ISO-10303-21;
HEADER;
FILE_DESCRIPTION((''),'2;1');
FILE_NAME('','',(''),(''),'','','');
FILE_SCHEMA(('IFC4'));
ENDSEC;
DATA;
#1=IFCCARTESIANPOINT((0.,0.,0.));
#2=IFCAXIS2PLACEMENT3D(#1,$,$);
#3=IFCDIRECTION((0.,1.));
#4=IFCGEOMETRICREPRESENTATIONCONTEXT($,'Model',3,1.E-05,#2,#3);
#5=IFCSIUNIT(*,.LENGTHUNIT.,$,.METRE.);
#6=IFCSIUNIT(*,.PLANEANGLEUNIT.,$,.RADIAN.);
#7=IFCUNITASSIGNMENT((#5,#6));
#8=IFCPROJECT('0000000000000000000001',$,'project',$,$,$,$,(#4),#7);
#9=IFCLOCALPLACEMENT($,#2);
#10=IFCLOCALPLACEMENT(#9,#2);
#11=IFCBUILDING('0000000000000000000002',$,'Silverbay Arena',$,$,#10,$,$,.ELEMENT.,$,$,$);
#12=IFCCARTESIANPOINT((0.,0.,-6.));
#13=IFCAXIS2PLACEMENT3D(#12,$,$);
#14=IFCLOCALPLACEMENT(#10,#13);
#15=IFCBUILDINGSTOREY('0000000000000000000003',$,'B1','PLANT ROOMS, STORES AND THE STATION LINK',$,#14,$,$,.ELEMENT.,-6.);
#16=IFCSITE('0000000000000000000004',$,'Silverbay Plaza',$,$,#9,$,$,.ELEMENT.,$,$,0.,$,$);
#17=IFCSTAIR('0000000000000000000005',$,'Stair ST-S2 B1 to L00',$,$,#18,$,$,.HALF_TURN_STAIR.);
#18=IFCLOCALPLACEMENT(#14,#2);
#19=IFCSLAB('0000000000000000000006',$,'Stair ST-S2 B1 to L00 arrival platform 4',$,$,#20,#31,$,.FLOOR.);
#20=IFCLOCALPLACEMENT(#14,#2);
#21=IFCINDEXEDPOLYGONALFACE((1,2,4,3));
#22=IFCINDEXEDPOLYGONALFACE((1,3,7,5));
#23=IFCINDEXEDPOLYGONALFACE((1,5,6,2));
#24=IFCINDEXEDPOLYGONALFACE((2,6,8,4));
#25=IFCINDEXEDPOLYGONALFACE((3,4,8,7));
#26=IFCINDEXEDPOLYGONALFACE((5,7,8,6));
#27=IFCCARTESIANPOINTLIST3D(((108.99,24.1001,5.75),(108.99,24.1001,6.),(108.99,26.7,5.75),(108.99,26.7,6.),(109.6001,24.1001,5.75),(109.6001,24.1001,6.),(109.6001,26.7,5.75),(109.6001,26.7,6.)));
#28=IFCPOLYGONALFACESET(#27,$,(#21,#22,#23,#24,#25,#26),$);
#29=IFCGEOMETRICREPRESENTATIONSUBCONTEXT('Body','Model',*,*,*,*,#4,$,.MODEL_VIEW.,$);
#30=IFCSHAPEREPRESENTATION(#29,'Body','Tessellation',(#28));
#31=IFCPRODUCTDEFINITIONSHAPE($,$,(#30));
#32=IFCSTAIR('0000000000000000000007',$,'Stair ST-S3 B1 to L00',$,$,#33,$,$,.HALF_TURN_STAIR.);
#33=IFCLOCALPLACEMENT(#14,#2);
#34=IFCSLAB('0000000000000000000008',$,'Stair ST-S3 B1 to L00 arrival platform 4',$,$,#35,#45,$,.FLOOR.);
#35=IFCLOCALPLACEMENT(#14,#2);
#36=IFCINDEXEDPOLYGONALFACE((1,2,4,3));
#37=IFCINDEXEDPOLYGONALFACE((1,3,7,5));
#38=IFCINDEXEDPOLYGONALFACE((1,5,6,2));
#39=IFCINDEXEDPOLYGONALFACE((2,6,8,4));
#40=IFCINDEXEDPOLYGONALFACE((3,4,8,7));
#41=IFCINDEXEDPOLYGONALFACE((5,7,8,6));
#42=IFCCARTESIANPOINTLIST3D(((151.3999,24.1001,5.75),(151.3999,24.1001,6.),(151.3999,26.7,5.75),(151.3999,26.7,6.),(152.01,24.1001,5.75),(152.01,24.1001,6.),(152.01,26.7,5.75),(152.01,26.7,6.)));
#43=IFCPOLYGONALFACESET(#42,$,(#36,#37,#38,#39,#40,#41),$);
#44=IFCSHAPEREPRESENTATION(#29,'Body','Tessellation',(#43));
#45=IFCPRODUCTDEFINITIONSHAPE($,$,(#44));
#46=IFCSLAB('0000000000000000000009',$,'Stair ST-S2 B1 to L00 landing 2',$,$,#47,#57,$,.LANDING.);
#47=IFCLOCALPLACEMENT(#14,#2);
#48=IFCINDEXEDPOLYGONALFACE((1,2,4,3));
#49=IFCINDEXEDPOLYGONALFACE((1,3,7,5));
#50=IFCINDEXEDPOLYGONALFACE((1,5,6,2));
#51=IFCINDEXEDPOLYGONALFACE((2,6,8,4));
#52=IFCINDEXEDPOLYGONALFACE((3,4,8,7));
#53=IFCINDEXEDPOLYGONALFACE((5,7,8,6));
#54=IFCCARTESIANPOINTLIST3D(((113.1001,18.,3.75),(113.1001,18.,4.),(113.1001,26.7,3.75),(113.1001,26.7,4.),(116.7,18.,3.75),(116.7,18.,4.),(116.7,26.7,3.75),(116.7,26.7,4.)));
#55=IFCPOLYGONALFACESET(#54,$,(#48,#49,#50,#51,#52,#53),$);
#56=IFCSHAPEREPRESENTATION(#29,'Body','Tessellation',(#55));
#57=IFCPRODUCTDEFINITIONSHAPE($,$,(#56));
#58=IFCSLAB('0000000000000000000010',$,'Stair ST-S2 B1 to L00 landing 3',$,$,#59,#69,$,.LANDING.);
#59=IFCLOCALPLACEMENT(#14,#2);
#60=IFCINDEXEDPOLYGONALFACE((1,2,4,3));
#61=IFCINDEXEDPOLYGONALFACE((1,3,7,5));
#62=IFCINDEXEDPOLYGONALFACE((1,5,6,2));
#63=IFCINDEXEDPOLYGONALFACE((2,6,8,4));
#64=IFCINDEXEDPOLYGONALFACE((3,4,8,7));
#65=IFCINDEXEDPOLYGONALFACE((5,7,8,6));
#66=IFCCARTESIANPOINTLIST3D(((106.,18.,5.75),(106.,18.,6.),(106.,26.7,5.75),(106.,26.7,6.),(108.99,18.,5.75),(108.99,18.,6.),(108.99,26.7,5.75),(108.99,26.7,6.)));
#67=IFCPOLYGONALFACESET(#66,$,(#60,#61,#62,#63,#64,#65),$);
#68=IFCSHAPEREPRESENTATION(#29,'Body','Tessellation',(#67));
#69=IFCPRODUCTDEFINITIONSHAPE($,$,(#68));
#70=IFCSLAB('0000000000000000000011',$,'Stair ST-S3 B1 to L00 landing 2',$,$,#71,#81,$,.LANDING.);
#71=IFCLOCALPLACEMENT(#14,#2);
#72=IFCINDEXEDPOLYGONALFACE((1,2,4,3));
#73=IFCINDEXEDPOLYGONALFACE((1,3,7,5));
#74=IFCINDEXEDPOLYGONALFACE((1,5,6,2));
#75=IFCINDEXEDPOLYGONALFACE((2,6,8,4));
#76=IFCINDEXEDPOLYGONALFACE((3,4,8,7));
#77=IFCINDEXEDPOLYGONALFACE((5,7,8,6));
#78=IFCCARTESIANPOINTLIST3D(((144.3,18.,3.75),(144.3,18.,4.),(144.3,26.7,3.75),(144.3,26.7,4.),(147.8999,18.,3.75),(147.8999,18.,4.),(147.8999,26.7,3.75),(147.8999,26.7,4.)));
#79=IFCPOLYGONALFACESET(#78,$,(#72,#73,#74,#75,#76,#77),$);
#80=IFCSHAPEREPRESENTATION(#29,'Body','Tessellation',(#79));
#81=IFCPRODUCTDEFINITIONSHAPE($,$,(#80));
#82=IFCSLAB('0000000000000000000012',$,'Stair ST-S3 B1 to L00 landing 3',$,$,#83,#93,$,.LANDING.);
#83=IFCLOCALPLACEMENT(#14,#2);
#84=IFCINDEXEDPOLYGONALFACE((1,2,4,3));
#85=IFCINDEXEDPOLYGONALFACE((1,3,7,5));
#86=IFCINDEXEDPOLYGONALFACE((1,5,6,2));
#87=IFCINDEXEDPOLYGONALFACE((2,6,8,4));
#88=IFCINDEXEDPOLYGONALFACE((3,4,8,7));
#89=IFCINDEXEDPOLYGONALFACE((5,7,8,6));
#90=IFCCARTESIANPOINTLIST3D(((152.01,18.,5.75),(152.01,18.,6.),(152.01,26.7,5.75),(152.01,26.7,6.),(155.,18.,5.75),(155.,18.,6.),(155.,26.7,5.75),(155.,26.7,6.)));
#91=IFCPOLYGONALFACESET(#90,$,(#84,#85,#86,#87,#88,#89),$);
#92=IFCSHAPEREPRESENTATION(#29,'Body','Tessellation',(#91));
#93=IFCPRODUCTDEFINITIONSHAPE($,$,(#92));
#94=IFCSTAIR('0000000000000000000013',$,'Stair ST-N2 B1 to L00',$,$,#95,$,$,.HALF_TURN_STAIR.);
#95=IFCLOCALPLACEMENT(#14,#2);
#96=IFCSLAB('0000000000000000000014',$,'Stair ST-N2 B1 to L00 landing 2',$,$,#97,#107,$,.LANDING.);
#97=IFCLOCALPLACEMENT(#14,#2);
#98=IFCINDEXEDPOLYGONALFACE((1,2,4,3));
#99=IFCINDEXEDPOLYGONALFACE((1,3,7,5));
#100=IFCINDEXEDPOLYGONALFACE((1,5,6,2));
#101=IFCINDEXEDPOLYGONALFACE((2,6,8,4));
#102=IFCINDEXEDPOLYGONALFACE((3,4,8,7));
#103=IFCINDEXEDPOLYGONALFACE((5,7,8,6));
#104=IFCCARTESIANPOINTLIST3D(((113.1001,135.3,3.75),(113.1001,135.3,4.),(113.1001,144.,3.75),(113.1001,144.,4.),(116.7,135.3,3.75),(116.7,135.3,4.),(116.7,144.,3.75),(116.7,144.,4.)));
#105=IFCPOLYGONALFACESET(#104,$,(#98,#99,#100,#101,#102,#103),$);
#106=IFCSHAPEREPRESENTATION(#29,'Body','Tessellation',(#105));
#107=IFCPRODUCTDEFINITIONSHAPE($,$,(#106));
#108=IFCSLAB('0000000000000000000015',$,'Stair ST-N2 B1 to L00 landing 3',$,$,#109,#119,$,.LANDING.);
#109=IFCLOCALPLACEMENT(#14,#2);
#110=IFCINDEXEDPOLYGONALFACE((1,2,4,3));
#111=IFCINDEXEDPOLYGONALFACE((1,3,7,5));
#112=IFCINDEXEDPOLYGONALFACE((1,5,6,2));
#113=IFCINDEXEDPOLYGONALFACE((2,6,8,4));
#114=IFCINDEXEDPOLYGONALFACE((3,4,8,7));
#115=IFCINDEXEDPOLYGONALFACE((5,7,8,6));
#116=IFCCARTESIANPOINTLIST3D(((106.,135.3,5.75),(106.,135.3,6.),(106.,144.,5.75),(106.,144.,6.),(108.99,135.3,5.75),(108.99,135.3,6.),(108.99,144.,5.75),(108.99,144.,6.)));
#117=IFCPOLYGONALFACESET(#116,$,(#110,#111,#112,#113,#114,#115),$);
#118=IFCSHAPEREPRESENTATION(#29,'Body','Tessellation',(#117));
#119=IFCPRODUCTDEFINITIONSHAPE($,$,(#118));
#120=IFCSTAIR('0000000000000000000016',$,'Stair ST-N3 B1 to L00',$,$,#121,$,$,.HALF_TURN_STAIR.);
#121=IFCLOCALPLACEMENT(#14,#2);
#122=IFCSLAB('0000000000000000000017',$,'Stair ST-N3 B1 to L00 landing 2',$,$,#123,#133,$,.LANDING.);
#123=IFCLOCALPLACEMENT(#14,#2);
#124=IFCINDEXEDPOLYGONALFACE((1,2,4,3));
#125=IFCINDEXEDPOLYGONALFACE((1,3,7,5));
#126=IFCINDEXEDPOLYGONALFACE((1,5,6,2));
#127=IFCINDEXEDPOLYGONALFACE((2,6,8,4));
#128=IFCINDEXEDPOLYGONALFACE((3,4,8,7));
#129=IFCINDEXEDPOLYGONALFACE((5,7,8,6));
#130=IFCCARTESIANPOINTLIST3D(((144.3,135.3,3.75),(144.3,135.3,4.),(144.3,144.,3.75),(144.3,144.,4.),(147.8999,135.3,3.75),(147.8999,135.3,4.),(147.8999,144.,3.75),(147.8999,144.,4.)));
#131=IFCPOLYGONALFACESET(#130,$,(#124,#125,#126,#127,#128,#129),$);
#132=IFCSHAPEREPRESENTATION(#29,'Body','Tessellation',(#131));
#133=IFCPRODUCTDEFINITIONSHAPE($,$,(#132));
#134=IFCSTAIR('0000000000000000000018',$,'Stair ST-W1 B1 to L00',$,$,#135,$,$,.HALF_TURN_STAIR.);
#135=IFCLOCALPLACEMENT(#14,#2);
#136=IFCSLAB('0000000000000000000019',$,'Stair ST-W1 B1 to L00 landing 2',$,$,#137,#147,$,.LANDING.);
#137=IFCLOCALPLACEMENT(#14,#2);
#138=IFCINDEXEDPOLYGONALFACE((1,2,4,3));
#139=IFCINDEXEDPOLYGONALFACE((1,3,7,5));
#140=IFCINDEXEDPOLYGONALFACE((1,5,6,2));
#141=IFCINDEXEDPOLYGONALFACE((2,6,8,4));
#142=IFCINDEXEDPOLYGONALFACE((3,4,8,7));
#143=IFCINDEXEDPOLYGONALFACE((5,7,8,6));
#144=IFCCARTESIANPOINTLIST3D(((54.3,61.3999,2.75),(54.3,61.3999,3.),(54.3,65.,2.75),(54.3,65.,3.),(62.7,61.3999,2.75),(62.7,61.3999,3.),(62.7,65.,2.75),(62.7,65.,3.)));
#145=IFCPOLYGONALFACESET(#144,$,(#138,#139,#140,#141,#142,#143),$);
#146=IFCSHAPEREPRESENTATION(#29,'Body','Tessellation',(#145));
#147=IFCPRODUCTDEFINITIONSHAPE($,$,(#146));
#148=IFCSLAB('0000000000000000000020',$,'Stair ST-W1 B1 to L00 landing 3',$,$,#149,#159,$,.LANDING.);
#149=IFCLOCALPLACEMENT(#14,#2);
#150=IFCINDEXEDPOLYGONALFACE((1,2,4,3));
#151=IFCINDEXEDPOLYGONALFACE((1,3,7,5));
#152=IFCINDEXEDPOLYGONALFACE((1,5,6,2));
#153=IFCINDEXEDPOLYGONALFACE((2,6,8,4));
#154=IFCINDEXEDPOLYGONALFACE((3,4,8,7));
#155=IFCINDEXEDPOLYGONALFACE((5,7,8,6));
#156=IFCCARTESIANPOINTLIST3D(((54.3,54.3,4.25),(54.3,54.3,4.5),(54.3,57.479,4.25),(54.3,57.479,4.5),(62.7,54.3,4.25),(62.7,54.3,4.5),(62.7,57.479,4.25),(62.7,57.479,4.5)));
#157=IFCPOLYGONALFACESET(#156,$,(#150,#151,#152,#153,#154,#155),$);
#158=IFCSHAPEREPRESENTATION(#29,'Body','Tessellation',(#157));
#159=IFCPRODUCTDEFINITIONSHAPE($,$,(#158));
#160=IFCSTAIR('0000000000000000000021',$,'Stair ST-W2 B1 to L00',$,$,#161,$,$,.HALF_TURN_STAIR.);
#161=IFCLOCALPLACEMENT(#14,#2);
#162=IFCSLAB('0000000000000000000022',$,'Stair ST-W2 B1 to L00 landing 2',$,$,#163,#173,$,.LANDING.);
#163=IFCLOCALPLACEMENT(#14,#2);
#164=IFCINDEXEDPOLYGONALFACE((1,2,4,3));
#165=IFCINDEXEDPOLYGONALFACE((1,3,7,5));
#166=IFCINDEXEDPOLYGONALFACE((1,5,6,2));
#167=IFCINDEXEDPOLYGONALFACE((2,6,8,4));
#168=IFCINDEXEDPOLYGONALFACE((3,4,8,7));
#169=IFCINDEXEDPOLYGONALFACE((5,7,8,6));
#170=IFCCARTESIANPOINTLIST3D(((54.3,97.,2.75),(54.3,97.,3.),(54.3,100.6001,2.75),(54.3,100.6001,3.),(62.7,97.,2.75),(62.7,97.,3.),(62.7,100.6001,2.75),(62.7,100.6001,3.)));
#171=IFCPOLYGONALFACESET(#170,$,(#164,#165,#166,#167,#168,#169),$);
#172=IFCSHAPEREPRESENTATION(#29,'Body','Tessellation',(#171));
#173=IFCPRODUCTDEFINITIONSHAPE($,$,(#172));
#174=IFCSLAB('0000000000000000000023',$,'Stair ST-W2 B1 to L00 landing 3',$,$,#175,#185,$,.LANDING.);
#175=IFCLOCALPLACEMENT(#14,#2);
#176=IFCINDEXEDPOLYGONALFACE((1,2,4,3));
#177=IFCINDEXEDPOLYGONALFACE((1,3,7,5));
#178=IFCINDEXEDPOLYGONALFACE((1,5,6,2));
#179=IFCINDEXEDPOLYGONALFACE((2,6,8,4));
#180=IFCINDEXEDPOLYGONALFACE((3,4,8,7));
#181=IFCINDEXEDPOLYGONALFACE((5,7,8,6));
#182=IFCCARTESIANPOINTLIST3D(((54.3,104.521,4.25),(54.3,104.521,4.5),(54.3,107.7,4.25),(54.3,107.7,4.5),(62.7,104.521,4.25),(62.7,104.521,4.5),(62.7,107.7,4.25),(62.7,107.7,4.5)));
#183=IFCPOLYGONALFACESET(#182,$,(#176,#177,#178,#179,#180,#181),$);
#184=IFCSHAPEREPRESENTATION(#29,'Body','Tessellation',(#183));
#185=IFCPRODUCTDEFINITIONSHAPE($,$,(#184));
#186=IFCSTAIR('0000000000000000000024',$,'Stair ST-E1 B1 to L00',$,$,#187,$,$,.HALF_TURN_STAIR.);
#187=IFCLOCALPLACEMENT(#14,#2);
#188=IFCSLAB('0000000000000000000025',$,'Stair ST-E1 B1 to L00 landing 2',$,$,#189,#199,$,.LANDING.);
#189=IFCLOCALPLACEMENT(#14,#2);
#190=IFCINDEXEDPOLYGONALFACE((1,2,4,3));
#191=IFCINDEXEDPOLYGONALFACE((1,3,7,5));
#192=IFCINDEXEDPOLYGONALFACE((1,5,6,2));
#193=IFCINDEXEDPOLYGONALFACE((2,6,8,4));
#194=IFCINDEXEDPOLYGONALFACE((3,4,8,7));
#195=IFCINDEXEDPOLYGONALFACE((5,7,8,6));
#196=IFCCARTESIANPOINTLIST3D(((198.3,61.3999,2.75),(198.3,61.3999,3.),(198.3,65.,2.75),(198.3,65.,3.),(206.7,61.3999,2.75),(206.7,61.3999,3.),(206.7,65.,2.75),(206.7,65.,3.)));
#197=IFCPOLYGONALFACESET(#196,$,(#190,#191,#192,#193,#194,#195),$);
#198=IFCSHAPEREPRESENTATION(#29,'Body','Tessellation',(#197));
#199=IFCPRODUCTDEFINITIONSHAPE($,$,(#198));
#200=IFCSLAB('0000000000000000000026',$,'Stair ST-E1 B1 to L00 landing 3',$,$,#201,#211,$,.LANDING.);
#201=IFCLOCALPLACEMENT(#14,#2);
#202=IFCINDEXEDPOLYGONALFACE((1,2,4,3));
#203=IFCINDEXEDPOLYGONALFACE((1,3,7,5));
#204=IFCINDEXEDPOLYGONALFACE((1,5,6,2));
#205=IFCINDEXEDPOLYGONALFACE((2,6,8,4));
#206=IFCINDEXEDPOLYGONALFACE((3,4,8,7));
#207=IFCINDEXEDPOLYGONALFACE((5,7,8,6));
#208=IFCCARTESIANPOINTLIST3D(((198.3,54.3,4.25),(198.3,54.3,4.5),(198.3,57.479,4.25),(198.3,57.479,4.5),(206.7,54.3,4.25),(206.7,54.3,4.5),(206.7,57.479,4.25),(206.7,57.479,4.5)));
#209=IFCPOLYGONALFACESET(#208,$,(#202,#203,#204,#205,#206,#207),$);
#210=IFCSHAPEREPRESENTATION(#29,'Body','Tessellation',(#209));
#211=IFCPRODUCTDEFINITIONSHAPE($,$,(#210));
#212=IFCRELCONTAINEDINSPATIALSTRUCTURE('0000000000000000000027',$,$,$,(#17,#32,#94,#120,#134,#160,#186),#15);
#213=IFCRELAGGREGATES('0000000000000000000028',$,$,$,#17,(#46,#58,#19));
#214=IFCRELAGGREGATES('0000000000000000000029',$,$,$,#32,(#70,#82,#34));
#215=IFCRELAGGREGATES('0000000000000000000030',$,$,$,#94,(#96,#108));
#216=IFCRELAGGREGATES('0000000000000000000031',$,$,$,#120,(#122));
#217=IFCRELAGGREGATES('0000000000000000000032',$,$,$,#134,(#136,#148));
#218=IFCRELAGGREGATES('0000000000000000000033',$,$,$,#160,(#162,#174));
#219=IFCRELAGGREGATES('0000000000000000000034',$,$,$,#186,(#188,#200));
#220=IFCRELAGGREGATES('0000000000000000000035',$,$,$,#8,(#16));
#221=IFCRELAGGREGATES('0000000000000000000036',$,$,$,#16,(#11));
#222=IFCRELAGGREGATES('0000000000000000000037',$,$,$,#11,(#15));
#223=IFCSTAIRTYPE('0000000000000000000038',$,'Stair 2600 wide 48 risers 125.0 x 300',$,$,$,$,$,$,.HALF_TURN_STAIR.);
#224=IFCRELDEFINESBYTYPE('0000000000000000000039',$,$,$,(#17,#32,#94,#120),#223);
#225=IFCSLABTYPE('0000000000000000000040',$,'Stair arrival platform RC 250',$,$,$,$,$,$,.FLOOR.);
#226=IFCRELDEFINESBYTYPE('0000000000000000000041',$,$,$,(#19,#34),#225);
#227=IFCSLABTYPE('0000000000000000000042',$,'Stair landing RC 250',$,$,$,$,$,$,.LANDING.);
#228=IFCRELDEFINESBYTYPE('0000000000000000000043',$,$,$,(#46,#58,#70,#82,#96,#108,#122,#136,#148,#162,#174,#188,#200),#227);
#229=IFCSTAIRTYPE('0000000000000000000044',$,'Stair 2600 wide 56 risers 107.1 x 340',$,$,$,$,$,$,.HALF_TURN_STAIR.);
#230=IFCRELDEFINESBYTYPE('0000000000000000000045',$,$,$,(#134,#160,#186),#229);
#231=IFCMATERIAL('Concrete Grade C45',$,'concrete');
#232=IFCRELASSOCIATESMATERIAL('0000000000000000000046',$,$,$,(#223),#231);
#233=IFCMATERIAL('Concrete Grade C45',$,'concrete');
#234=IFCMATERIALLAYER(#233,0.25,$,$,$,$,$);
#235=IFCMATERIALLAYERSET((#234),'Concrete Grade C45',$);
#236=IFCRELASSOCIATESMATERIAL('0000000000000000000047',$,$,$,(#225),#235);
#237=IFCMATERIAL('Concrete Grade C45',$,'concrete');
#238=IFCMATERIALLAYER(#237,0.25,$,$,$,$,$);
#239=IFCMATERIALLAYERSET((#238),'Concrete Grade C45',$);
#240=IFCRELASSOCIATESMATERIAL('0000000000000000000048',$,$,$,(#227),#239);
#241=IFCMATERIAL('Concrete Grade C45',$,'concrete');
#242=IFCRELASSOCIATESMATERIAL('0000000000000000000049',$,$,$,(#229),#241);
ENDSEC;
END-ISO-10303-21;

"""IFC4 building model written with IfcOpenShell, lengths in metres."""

from ifc_helpers import new_model, si_unit, direction, frame, origin, place, context, subcontext, project, spatial, polyline, outline, extrude, material, layer, layer_set, type_object, element, aggregate, save


model = new_model("IFC4")

# Units and contexts
model_context = context("Model", 3, precision=1e-05, world=origin(), true_north=direction((0.0, 1.0)))
body_context = subcontext(model_context, "Body", "Model", "MODEL_VIEW")
ifc_project = project(units=[si_unit("LENGTHUNIT", "METRE"), si_unit("PLANEANGLEUNIT", "RADIAN")], contexts=[model_context])

# Site, building, storey
site_placement = place(None, origin())
site = spatial("IfcSite", under=ifc_project, at=site_placement, Name="Silverbay Plaza", CompositionType="ELEMENT", RefElevation=0.0)
building_placement = place(site_placement, origin())
building = spatial("IfcBuilding", under=site, at=building_placement, Name="Silverbay Arena", CompositionType="ELEMENT")
storey_placement = place(building_placement, frame((0.0, 0.0, -6.0)))
storey = spatial("IfcBuildingStorey", under=building, at=storey_placement, Name="B1", Description="PLANT ROOMS, STORES AND THE STATION LINK", CompositionType="ELEMENT", Elevation=-6.0)

# Stairs, slabs
ifc_material_1 = material(Name="Concrete Grade C45", Category="concrete")
stair_type_1 = type_object("IfcStairType", Name="Stair 2600 wide 48 risers 125.0 x 300", PredefinedType="HALF_TURN_STAIR", material=ifc_material_1)
stair_1_placement = place(storey_placement, origin())
stair_1 = element("IfcStair", 1, at=stair_1_placement, inside=storey, type_object=stair_type_1, Name="Stair ST-S2 B1 to L00", PredefinedType="HALF_TURN_STAIR")
ifc_material_2 = material(Name="Concrete Grade C45", Category="concrete")
ifc_layer_1 = layer(ifc_material_2, 0.25)
ifc_layer_set_1 = layer_set([ifc_layer_1], Name="Concrete Grade C45")
slab_type_1 = type_object("IfcSlabType", Name="Stair arrival platform RC 250", PredefinedType="FLOOR", material=ifc_layer_set_1)
slab_1_placement = place(storey_placement, frame((0.0, 0.0, 5.75)))
slab_1 = element("IfcSlab", 2, at=slab_1_placement, type_object=slab_type_1, Name="Stair ST-S2 B1 to L00 arrival platform 4", PredefinedType="FLOOR", context=body_context, shape_type="SweptSolid", body=[
    extrude(outline(polyline([(109.6001, 26.7), (108.99, 26.7), (108.99, 24.1001), (109.6001, 24.1001), (109.6001, 26.7)])), origin(), (0.0, 0.0, 1.0), 0.25),
])
stair_2_placement = place(storey_placement, origin())
stair_2 = element("IfcStair", 3, at=stair_2_placement, inside=storey, type_object=stair_type_1, Name="Stair ST-S3 B1 to L00", PredefinedType="HALF_TURN_STAIR")
slab_2_placement = place(storey_placement, frame((0.0, 0.0, 5.75)))
slab_2 = element("IfcSlab", 4, at=slab_2_placement, type_object=slab_type_1, Name="Stair ST-S3 B1 to L00 arrival platform 4", PredefinedType="FLOOR", context=body_context, shape_type="SweptSolid", body=[
    extrude(outline(polyline([(151.3999, 26.7), (152.01, 26.7), (152.01, 24.1001), (151.3999, 24.1001), (151.3999, 26.7)])), origin(), (0.0, 0.0, 1.0), 0.25),
])

# Slabs
ifc_material_3 = material(Name="Concrete Grade C45", Category="concrete")
ifc_layer_2 = layer(ifc_material_3, 0.25)
ifc_layer_set_2 = layer_set([ifc_layer_2], Name="Concrete Grade C45")
slab_type_2 = type_object("IfcSlabType", Name="Stair landing RC 250", PredefinedType="LANDING", material=ifc_layer_set_2)
slab_3_placement = place(storey_placement, frame((0.0, 0.0, 3.75)))
slab_3 = element("IfcSlab", 5, at=slab_3_placement, type_object=slab_type_2, Name="Stair ST-S2 B1 to L00 landing 2", PredefinedType="LANDING", context=body_context, shape_type="SweptSolid", body=[
    extrude(outline(polyline([(116.7, 26.7), (113.1001, 26.7), (113.1001, 18.0), (116.7, 18.0), (116.7, 26.7)])), origin(), (0.0, 0.0, 1.0), 0.25),
])
slab_4_placement = place(storey_placement, frame((0.0, 0.0, 5.75)))
slab_4 = element("IfcSlab", 6, at=slab_4_placement, type_object=slab_type_2, Name="Stair ST-S2 B1 to L00 landing 3", PredefinedType="LANDING", context=body_context, shape_type="SweptSolid", body=[
    extrude(outline(polyline([(108.99, 26.7), (106.0, 26.7), (106.0, 18.0), (108.99, 18.0), (108.99, 26.7)])), origin(), (0.0, 0.0, 1.0), 0.25),
])
aggregate(stair_1, [slab_3, slab_4, slab_1])
slab_5_placement = place(storey_placement, frame((0.0, 0.0, 3.75)))
slab_5 = element("IfcSlab", 7, at=slab_5_placement, type_object=slab_type_2, Name="Stair ST-S3 B1 to L00 landing 2", PredefinedType="LANDING", context=body_context, shape_type="SweptSolid", body=[
    extrude(outline(polyline([(144.3, 26.7), (147.8999, 26.7), (147.8999, 18.0), (144.3, 18.0), (144.3, 26.7)])), origin(), (0.0, 0.0, 1.0), 0.25),
])
slab_6_placement = place(storey_placement, frame((0.0, 0.0, 5.75)))
slab_6 = element("IfcSlab", 8, at=slab_6_placement, type_object=slab_type_2, Name="Stair ST-S3 B1 to L00 landing 3", PredefinedType="LANDING", context=body_context, shape_type="SweptSolid", body=[
    extrude(outline(polyline([(152.01, 26.7), (155.0, 26.7), (155.0, 18.0), (152.01, 18.0), (152.01, 26.7)])), origin(), (0.0, 0.0, 1.0), 0.25),
])
aggregate(stair_2, [slab_5, slab_6, slab_2])

# Stair, slabs
stair_3_placement = place(storey_placement, origin())
stair_3 = element("IfcStair", 9, at=stair_3_placement, inside=storey, type_object=stair_type_1, Name="Stair ST-N2 B1 to L00", PredefinedType="HALF_TURN_STAIR")
slab_7_placement = place(storey_placement, frame((0.0, 0.0, 3.75)))
slab_7 = element("IfcSlab", 10, at=slab_7_placement, type_object=slab_type_2, Name="Stair ST-N2 B1 to L00 landing 2", PredefinedType="LANDING", context=body_context, shape_type="SweptSolid", body=[
    extrude(outline(polyline([(116.7, 135.3), (113.1001, 135.3), (113.1001, 144.0), (116.7, 144.0), (116.7, 135.3)])), origin(), (0.0, 0.0, 1.0), 0.25),
])
slab_8_placement = place(storey_placement, frame((0.0, 0.0, 5.75)))
slab_8 = element("IfcSlab", 11, at=slab_8_placement, type_object=slab_type_2, Name="Stair ST-N2 B1 to L00 landing 3", PredefinedType="LANDING", context=body_context, shape_type="SweptSolid", body=[
    extrude(outline(polyline([(108.99, 135.3), (106.0, 135.3), (106.0, 144.0), (108.99, 144.0), (108.99, 135.3)])), origin(), (0.0, 0.0, 1.0), 0.25),
])
aggregate(stair_3, [slab_7, slab_8])

# Stair, slab
stair_4_placement = place(storey_placement, origin())
stair_4 = element("IfcStair", 12, at=stair_4_placement, inside=storey, type_object=stair_type_1, Name="Stair ST-N3 B1 to L00", PredefinedType="HALF_TURN_STAIR")
slab_9_placement = place(storey_placement, frame((0.0, 0.0, 3.75)))
slab_9 = element("IfcSlab", 13, at=slab_9_placement, type_object=slab_type_2, Name="Stair ST-N3 B1 to L00 landing 2", PredefinedType="LANDING", context=body_context, shape_type="SweptSolid", body=[
    extrude(outline(polyline([(144.3, 135.3), (147.8999, 135.3), (147.8999, 144.0), (144.3, 144.0), (144.3, 135.3)])), origin(), (0.0, 0.0, 1.0), 0.25),
])
aggregate(stair_4, [slab_9])

# Stairs, slabs
ifc_material_4 = material(Name="Concrete Grade C45", Category="concrete")
stair_type_2 = type_object("IfcStairType", Name="Stair 2600 wide 56 risers 107.1 x 340", PredefinedType="HALF_TURN_STAIR", material=ifc_material_4)
stair_5_placement = place(storey_placement, origin())
stair_5 = element("IfcStair", 14, at=stair_5_placement, inside=storey, type_object=stair_type_2, Name="Stair ST-W1 B1 to L00", PredefinedType="HALF_TURN_STAIR")
slab_10_placement = place(storey_placement, frame((0.0, 0.0, 2.75)))
slab_10 = element("IfcSlab", 15, at=slab_10_placement, type_object=slab_type_2, Name="Stair ST-W1 B1 to L00 landing 2", PredefinedType="LANDING", context=body_context, shape_type="SweptSolid", body=[
    extrude(outline(polyline([(62.7, 65.0), (62.7, 61.3999), (54.3, 61.3999), (54.3, 65.0), (62.7, 65.0)])), origin(), (0.0, 0.0, 1.0), 0.25),
])
slab_11_placement = place(storey_placement, frame((0.0, 0.0, 4.25)))
slab_11 = element("IfcSlab", 16, at=slab_11_placement, type_object=slab_type_2, Name="Stair ST-W1 B1 to L00 landing 3", PredefinedType="LANDING", context=body_context, shape_type="SweptSolid", body=[
    extrude(outline(polyline([(62.7, 57.479), (62.7, 54.3), (54.3, 54.3), (54.3, 57.479), (62.7, 57.479)])), origin(), (0.0, 0.0, 1.0), 0.25),
])
aggregate(stair_5, [slab_10, slab_11])
stair_6_placement = place(storey_placement, origin())
stair_6 = element("IfcStair", 17, at=stair_6_placement, inside=storey, type_object=stair_type_2, Name="Stair ST-W2 B1 to L00", PredefinedType="HALF_TURN_STAIR")
slab_12_placement = place(storey_placement, frame((0.0, 0.0, 2.75)))
slab_12 = element("IfcSlab", 18, at=slab_12_placement, type_object=slab_type_2, Name="Stair ST-W2 B1 to L00 landing 2", PredefinedType="LANDING", context=body_context, shape_type="SweptSolid", body=[
    extrude(outline(polyline([(62.7, 97.0), (62.7, 100.6001), (54.3, 100.6001), (54.3, 97.0), (62.7, 97.0)])), origin(), (0.0, 0.0, 1.0), 0.25),
])
slab_13_placement = place(storey_placement, frame((0.0, 0.0, 4.25)))
slab_13 = element("IfcSlab", 19, at=slab_13_placement, type_object=slab_type_2, Name="Stair ST-W2 B1 to L00 landing 3", PredefinedType="LANDING", context=body_context, shape_type="SweptSolid", body=[
    extrude(outline(polyline([(62.7, 104.521), (62.7, 107.7), (54.3, 107.7), (54.3, 104.521), (62.7, 104.521)])), origin(), (0.0, 0.0, 1.0), 0.25),
])
aggregate(stair_6, [slab_12, slab_13])
stair_7_placement = place(storey_placement, origin())
stair_7 = element("IfcStair", 20, at=stair_7_placement, inside=storey, type_object=stair_type_2, Name="Stair ST-E1 B1 to L00", PredefinedType="HALF_TURN_STAIR")
slab_14_placement = place(storey_placement, frame((0.0, 0.0, 2.75)))
slab_14 = element("IfcSlab", 21, at=slab_14_placement, type_object=slab_type_2, Name="Stair ST-E1 B1 to L00 landing 2", PredefinedType="LANDING", context=body_context, shape_type="SweptSolid", body=[
    extrude(outline(polyline([(198.3, 65.0), (198.3, 61.3999), (206.7, 61.3999), (206.7, 65.0), (198.3, 65.0)])), origin(), (0.0, 0.0, 1.0), 0.25),
])
slab_15_placement = place(storey_placement, frame((0.0, 0.0, 4.25)))
slab_15 = element("IfcSlab", 22, at=slab_15_placement, type_object=slab_type_2, Name="Stair ST-E1 B1 to L00 landing 3", PredefinedType="LANDING", context=body_context, shape_type="SweptSolid", body=[
    extrude(outline(polyline([(198.3, 57.479), (198.3, 54.3), (206.7, 54.3), (206.7, 57.479), (198.3, 57.479)])), origin(), (0.0, 0.0, 1.0), 0.25),
])
aggregate(stair_7, [slab_14, slab_15])

save(model, "model.ifc")
